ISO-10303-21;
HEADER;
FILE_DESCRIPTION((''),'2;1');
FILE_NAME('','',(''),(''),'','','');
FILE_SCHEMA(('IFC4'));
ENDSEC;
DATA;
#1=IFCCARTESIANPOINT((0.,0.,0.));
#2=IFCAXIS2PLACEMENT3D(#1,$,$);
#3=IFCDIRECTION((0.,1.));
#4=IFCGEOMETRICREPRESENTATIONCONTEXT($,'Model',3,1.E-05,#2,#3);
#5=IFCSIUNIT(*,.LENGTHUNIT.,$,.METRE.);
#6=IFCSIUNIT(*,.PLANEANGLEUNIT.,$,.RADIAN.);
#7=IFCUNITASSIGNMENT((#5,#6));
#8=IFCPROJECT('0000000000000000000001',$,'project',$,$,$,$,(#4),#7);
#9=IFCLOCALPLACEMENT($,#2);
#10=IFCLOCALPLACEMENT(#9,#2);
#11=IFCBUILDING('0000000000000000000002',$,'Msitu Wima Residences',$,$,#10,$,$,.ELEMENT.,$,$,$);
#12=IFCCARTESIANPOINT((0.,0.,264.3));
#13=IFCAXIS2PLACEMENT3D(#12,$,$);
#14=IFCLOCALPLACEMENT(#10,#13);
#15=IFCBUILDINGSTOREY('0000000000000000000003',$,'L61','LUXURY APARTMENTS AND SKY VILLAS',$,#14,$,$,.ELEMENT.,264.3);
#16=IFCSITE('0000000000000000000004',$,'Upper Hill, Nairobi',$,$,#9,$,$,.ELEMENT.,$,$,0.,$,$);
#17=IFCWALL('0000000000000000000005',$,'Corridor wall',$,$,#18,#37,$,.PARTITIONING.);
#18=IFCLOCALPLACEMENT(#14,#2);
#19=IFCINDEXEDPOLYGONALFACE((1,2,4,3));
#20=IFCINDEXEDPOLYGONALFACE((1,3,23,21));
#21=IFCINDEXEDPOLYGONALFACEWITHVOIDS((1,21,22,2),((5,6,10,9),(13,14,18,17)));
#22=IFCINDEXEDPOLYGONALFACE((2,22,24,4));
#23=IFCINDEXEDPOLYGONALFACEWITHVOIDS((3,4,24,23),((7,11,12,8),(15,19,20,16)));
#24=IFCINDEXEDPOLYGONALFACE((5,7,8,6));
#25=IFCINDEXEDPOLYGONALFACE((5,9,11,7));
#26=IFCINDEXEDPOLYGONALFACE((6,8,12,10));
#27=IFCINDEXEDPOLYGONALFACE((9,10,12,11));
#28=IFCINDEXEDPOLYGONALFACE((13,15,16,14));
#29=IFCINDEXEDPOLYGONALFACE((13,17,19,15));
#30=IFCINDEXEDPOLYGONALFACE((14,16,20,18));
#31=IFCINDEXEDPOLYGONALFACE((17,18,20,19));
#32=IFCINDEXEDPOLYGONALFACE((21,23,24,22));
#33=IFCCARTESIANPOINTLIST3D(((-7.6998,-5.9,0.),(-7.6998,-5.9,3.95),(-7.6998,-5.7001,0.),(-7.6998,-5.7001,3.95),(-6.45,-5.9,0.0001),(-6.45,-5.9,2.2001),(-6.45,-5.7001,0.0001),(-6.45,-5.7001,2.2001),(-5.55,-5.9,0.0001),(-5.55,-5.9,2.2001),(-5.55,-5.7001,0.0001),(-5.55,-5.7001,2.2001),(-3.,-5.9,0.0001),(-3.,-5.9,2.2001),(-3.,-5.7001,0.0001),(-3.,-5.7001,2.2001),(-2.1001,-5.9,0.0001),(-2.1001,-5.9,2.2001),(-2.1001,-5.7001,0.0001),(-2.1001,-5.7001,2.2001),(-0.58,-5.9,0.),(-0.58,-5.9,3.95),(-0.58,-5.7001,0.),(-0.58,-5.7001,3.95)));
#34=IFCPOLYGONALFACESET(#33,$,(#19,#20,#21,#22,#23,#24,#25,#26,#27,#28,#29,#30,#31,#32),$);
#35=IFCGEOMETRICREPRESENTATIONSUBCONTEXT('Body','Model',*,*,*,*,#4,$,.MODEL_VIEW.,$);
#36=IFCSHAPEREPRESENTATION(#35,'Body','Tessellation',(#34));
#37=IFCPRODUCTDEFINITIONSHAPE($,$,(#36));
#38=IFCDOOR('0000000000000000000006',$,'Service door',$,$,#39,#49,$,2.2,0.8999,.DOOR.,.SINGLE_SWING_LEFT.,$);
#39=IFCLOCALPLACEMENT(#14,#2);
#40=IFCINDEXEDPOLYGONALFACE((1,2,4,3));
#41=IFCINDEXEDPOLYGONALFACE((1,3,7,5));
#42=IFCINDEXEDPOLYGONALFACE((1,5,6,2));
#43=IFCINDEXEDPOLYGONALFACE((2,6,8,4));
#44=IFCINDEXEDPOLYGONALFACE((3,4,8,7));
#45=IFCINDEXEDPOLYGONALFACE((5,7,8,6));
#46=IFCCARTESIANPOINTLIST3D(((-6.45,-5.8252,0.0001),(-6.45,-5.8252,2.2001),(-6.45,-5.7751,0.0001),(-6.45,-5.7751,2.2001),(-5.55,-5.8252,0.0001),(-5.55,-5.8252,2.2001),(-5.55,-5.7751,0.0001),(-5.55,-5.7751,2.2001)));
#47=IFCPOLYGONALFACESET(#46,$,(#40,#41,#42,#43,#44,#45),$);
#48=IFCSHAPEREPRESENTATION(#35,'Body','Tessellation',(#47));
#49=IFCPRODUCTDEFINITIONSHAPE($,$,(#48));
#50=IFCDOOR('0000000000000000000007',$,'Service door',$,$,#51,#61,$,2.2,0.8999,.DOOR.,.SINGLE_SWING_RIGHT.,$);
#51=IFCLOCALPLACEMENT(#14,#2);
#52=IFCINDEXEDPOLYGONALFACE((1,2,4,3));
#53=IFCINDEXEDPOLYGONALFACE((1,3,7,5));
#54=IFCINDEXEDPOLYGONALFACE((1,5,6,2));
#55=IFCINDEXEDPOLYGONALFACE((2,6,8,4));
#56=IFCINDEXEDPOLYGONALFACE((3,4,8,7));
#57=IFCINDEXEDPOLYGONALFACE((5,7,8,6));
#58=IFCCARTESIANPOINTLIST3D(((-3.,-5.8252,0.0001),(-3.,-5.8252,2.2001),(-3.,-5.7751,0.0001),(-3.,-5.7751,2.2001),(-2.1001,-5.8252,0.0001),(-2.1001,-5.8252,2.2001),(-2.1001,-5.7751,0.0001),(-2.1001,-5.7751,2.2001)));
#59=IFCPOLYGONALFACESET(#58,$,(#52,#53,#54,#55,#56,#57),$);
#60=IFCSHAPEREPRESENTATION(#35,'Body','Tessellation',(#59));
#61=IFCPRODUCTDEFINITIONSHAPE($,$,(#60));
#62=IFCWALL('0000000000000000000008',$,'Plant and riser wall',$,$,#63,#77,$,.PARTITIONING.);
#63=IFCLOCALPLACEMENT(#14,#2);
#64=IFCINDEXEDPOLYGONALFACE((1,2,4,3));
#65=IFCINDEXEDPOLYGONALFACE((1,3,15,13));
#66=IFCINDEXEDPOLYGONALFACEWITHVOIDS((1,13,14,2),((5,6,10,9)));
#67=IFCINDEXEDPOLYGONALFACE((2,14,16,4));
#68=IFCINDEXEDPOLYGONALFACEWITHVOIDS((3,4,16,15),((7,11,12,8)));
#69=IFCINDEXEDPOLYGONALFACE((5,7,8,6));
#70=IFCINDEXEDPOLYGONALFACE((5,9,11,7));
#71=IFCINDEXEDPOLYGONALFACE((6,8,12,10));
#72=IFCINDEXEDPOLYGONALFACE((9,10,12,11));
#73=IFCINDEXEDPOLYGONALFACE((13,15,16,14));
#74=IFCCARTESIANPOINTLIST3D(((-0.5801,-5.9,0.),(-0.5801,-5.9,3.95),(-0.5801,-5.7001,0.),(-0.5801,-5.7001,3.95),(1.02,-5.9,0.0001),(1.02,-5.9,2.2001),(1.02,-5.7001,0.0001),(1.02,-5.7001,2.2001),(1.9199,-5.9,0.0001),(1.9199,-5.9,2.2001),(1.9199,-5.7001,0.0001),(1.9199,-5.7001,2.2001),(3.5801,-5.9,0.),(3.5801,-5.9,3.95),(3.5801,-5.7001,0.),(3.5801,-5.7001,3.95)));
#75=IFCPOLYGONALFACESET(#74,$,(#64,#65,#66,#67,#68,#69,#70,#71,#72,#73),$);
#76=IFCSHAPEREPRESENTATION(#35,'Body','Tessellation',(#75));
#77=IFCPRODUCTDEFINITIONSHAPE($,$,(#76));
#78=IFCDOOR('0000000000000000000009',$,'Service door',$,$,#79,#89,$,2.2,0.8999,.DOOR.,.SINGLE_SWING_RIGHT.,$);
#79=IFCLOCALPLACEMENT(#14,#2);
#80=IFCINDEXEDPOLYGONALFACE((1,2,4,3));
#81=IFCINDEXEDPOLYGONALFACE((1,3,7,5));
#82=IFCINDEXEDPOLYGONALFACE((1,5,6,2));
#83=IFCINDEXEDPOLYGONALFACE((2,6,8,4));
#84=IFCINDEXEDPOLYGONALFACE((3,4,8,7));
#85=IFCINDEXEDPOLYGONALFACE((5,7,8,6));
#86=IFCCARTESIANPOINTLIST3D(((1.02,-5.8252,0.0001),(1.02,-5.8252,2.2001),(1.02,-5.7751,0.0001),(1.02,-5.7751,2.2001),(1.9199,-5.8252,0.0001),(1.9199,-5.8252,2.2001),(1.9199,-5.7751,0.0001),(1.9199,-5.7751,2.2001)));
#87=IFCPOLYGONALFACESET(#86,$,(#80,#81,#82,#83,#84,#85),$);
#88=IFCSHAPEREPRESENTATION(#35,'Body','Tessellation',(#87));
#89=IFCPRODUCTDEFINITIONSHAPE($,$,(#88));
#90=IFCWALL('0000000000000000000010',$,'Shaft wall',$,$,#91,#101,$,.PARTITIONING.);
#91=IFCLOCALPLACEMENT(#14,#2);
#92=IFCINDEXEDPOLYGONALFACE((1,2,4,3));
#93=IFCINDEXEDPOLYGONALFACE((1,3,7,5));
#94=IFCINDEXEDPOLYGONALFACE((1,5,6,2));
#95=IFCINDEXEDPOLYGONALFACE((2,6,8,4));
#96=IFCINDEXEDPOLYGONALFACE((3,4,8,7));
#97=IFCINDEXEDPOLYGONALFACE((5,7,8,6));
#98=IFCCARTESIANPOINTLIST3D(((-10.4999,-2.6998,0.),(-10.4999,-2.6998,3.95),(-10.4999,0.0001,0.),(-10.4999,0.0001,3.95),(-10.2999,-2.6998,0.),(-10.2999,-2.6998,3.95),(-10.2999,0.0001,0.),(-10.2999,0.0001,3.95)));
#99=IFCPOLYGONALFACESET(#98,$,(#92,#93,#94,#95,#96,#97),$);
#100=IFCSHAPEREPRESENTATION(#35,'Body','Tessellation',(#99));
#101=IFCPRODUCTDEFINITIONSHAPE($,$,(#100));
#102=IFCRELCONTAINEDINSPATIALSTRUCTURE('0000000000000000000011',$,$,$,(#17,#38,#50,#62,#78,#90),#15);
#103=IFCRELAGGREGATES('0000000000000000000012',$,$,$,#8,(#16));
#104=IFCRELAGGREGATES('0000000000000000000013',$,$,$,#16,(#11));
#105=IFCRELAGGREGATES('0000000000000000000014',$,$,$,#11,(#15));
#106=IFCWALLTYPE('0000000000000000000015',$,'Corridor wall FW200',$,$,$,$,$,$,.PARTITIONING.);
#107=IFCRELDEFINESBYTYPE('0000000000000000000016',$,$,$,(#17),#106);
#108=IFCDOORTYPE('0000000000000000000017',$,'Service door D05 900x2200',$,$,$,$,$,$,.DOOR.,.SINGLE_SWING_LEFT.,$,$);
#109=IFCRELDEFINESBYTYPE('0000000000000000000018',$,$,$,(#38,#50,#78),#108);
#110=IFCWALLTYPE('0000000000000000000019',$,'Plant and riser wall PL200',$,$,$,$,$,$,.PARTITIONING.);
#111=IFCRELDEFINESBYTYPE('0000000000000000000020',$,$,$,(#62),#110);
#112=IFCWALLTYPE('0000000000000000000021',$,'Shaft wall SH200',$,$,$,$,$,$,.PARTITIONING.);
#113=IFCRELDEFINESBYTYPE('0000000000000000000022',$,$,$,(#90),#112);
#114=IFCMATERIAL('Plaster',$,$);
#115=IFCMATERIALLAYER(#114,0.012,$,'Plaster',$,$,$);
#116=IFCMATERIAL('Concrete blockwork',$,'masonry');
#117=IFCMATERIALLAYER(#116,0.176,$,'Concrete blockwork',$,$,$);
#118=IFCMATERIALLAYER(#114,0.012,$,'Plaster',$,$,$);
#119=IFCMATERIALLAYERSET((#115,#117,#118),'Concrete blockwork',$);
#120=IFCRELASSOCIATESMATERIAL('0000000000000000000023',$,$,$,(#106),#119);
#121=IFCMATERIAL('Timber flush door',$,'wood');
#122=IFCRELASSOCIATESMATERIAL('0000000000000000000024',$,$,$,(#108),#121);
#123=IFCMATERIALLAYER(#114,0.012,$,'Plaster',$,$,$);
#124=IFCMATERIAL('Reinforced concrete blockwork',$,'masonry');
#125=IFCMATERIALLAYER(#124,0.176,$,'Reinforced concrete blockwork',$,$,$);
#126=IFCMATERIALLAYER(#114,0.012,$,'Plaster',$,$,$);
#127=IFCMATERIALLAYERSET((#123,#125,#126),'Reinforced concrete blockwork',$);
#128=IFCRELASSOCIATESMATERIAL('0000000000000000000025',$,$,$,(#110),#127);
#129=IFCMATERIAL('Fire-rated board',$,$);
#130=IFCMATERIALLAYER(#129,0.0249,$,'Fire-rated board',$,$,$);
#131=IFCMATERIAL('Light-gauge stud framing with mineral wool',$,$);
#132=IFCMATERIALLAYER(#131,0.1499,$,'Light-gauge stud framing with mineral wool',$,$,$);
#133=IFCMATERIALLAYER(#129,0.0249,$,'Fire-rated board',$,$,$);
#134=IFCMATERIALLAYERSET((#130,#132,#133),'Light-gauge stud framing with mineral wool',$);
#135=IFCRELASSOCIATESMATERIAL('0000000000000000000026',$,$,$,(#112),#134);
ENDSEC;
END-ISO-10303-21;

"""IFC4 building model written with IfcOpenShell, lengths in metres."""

from ifc_helpers import new_model, si_unit, direction, frame, frame_2d, origin, place, context, subcontext, project, spatial, rectangle, extrude, material, layer, layer_set, type_object, element, fill, save


model = new_model("IFC4")

# Units and contexts
model_context = context("Model", 3, precision=1e-05, world=origin(), true_north=direction((0.0, 1.0)))
body_context = subcontext(model_context, "Body", "Model", "MODEL_VIEW")
ifc_project = project(units=[si_unit("LENGTHUNIT", "METRE"), si_unit("PLANEANGLEUNIT", "RADIAN")], contexts=[model_context])

# Site, building, storey
site_placement = place(None, origin())
site = spatial("IfcSite", under=ifc_project, at=site_placement, Name="Upper Hill, Nairobi", CompositionType="ELEMENT", RefElevation=0.0)
building_placement = place(site_placement, origin())
building = spatial("IfcBuilding", under=site, at=building_placement, Name="Msitu Wima Residences", CompositionType="ELEMENT")
storey_placement = place(building_placement, frame((0.0, 0.0, 264.3)))
storey = spatial("IfcBuildingStorey", under=building, at=storey_placement, Name="L61", Description="LUXURY APARTMENTS AND SKY VILLAS", CompositionType="ELEMENT", Elevation=264.3)

# Shared definitions
ifc_material_1 = material(Name="Plaster")
ifc_layer_1 = layer(ifc_material_1, 0.012, Name="Plaster")
ifc_material_2 = material(Name="Concrete blockwork", Category="masonry")
ifc_layer_2 = layer(ifc_material_2, 0.176, Name="Concrete blockwork")
ifc_layer_3 = layer(ifc_material_1, 0.012, Name="Plaster")
ifc_layer_set_1 = layer_set([ifc_layer_1, ifc_layer_2, ifc_layer_3], Name="Concrete blockwork")
wall_type_1 = type_object("IfcWallType", Name="Corridor wall FW200", PredefinedType="PARTITIONING", material=ifc_layer_set_1)

# Wall, openings, doors
wall_1_placement = place(storey_placement, frame((-7.7, -5.8, 0.0), z_axis=(0.0, 0.0, 1.0), x_axis=(1.0, 0.0, 0.0)))
wall_1 = element("IfcWall", 1, at=wall_1_placement, inside=storey, type_object=wall_type_1, Name="Corridor wall", PredefinedType="PARTITIONING", context=body_context, shape_type="SweptSolid", body=[
    extrude(rectangle(XDim=7.1199, YDim=0.2, at=frame_2d((3.5601, 0.0))), origin(), (0.0, 0.0, 1.0), 3.95),
])
opening_1_placement = place(wall_1_placement, frame((1.25, 0.0, 0.0)))
opening_1 = element("IfcOpeningElement", 2, at=opening_1_placement, cuts=wall_1, PredefinedType="OPENING", context=body_context, shape_type="SweptSolid", body=[
    extrude(rectangle(XDim=0.8999, YDim=2.2, at=frame_2d((0.45, 1.1001))), frame((0.0, 0.1099, 0.0), z_axis=(0.0, -1.0, 0.0), x_axis=(1.0, 0.0, 0.0)), (0.0, 0.0, 1.0), 0.22),
])
opening_2_placement = place(wall_1_placement, frame((4.7, 0.0, 0.0)))
opening_2 = element("IfcOpeningElement", 3, at=opening_2_placement, cuts=wall_1, PredefinedType="OPENING", context=body_context, shape_type="SweptSolid", body=[
    extrude(rectangle(XDim=0.8999, YDim=2.2, at=frame_2d((0.45, 1.1001))), frame((0.0, 0.1099, 0.0), z_axis=(0.0, -1.0, 0.0), x_axis=(1.0, 0.0, 0.0)), (0.0, 0.0, 1.0), 0.22),
])
ifc_material_3 = material(Name="Timber flush door", Category="wood")
door_type_1 = type_object("IfcDoorType", Name="Service door D05 900x2200", OperationType="SINGLE_SWING_LEFT", PredefinedType="DOOR", material=ifc_material_3)
door_1_placement = place(opening_1_placement, origin())
door_1 = element("IfcDoor", 4, at=door_1_placement, inside=storey, type_object=door_type_1, Name="Service door", OperationType="SINGLE_SWING_LEFT", OverallHeight=2.2, OverallWidth=0.8999, PredefinedType="DOOR", context=body_context, shape_type="SweptSolid", body=[
    extrude(rectangle(XDim=0.8999, YDim=2.2, at=frame_2d((0.45, 1.1001))), frame((0.0, 0.0249, 0.0), z_axis=(0.0, -1.0, 0.0), x_axis=(1.0, 0.0, 0.0)), (0.0, 0.0, 1.0), 0.05),
])
fill(opening_1, door_1)
door_2_placement = place(opening_2_placement, origin())
door_2 = element("IfcDoor", 5, at=door_2_placement, inside=storey, type_object=door_type_1, Name="Service door", OperationType="SINGLE_SWING_RIGHT", OverallHeight=2.2, OverallWidth=0.8999, PredefinedType="DOOR", context=body_context, shape_type="SweptSolid", body=[
    extrude(rectangle(XDim=0.8999, YDim=2.2, at=frame_2d((0.45, 1.1001))), frame((0.0, 0.0249, 0.0), z_axis=(0.0, -1.0, 0.0), x_axis=(1.0, 0.0, 0.0)), (0.0, 0.0, 1.0), 0.05),
])
fill(opening_2, door_2)

# Wall, opening, door
ifc_layer_4 = layer(ifc_material_1, 0.012, Name="Plaster")
ifc_material_4 = material(Name="Reinforced concrete blockwork", Category="masonry")
ifc_layer_5 = layer(ifc_material_4, 0.176, Name="Reinforced concrete blockwork")
ifc_layer_6 = layer(ifc_material_1, 0.012, Name="Plaster")
ifc_layer_set_2 = layer_set([ifc_layer_4, ifc_layer_5, ifc_layer_6], Name="Reinforced concrete blockwork")
wall_type_2 = type_object("IfcWallType", Name="Plant and riser wall PL200", PredefinedType="PARTITIONING", material=ifc_layer_set_2)
wall_2_placement = place(storey_placement, frame((-0.5801, -5.8, 0.0), z_axis=(0.0, 0.0, 1.0), x_axis=(1.0, 0.0, 0.0)))
wall_2 = element("IfcWall", 6, at=wall_2_placement, inside=storey, type_object=wall_type_2, Name="Plant and riser wall", PredefinedType="PARTITIONING", context=body_context, shape_type="SweptSolid", body=[
    extrude(rectangle(XDim=4.1602, YDim=0.2, at=frame_2d((2.0801, 0.0))), origin(), (0.0, 0.0, 1.0), 3.95),
])
opening_3_placement = place(wall_2_placement, frame((1.6001, 0.0, 0.0)))
opening_3 = element("IfcOpeningElement", 7, at=opening_3_placement, cuts=wall_2, PredefinedType="OPENING", context=body_context, shape_type="SweptSolid", body=[
    extrude(rectangle(XDim=0.8999, YDim=2.2, at=frame_2d((0.45, 1.1001))), frame((0.0, 0.1099, 0.0), z_axis=(0.0, -1.0, 0.0), x_axis=(1.0, 0.0, 0.0)), (0.0, 0.0, 1.0), 0.22),
])
door_3_placement = place(opening_3_placement, origin())
door_3 = element("IfcDoor", 8, at=door_3_placement, inside=storey, type_object=door_type_1, Name="Service door", OperationType="SINGLE_SWING_RIGHT", OverallHeight=2.2, OverallWidth=0.8999, PredefinedType="DOOR", context=body_context, shape_type="SweptSolid", body=[
    extrude(rectangle(XDim=0.8999, YDim=2.2, at=frame_2d((0.45, 1.1001))), frame((0.0, 0.0249, 0.0), z_axis=(0.0, -1.0, 0.0), x_axis=(1.0, 0.0, 0.0)), (0.0, 0.0, 1.0), 0.05),
])
fill(opening_3, door_3)

# Wall
ifc_material_5 = material(Name="Fire-rated board")
ifc_layer_7 = layer(ifc_material_5, 0.0249, Name="Fire-rated board")
ifc_material_6 = material(Name="Light-gauge stud framing with mineral wool")
ifc_layer_8 = layer(ifc_material_6, 0.1499, Name="Light-gauge stud framing with mineral wool")
ifc_layer_9 = layer(ifc_material_5, 0.0249, Name="Fire-rated board")
ifc_layer_set_3 = layer_set([ifc_layer_7, ifc_layer_8, ifc_layer_9], Name="Light-gauge stud framing with mineral wool")
wall_type_3 = type_object("IfcWallType", Name="Shaft wall SH200", PredefinedType="PARTITIONING", material=ifc_layer_set_3)
wall_3_placement = place(storey_placement, frame((-10.3999, -2.7, 0.0), z_axis=(0.0, 0.0, 1.0), x_axis=(0.0, 1.0, 0.0)))
element("IfcWall", 9, at=wall_3_placement, inside=storey, type_object=wall_type_3, Name="Shaft wall", PredefinedType="PARTITIONING", context=body_context, shape_type="SweptSolid", body=[
    extrude(rectangle(XDim=2.7, YDim=0.2, at=frame_2d((1.3501, 0.0))), origin(), (0.0, 0.0, 1.0), 3.95),
])

save(model, "model.ifc")
